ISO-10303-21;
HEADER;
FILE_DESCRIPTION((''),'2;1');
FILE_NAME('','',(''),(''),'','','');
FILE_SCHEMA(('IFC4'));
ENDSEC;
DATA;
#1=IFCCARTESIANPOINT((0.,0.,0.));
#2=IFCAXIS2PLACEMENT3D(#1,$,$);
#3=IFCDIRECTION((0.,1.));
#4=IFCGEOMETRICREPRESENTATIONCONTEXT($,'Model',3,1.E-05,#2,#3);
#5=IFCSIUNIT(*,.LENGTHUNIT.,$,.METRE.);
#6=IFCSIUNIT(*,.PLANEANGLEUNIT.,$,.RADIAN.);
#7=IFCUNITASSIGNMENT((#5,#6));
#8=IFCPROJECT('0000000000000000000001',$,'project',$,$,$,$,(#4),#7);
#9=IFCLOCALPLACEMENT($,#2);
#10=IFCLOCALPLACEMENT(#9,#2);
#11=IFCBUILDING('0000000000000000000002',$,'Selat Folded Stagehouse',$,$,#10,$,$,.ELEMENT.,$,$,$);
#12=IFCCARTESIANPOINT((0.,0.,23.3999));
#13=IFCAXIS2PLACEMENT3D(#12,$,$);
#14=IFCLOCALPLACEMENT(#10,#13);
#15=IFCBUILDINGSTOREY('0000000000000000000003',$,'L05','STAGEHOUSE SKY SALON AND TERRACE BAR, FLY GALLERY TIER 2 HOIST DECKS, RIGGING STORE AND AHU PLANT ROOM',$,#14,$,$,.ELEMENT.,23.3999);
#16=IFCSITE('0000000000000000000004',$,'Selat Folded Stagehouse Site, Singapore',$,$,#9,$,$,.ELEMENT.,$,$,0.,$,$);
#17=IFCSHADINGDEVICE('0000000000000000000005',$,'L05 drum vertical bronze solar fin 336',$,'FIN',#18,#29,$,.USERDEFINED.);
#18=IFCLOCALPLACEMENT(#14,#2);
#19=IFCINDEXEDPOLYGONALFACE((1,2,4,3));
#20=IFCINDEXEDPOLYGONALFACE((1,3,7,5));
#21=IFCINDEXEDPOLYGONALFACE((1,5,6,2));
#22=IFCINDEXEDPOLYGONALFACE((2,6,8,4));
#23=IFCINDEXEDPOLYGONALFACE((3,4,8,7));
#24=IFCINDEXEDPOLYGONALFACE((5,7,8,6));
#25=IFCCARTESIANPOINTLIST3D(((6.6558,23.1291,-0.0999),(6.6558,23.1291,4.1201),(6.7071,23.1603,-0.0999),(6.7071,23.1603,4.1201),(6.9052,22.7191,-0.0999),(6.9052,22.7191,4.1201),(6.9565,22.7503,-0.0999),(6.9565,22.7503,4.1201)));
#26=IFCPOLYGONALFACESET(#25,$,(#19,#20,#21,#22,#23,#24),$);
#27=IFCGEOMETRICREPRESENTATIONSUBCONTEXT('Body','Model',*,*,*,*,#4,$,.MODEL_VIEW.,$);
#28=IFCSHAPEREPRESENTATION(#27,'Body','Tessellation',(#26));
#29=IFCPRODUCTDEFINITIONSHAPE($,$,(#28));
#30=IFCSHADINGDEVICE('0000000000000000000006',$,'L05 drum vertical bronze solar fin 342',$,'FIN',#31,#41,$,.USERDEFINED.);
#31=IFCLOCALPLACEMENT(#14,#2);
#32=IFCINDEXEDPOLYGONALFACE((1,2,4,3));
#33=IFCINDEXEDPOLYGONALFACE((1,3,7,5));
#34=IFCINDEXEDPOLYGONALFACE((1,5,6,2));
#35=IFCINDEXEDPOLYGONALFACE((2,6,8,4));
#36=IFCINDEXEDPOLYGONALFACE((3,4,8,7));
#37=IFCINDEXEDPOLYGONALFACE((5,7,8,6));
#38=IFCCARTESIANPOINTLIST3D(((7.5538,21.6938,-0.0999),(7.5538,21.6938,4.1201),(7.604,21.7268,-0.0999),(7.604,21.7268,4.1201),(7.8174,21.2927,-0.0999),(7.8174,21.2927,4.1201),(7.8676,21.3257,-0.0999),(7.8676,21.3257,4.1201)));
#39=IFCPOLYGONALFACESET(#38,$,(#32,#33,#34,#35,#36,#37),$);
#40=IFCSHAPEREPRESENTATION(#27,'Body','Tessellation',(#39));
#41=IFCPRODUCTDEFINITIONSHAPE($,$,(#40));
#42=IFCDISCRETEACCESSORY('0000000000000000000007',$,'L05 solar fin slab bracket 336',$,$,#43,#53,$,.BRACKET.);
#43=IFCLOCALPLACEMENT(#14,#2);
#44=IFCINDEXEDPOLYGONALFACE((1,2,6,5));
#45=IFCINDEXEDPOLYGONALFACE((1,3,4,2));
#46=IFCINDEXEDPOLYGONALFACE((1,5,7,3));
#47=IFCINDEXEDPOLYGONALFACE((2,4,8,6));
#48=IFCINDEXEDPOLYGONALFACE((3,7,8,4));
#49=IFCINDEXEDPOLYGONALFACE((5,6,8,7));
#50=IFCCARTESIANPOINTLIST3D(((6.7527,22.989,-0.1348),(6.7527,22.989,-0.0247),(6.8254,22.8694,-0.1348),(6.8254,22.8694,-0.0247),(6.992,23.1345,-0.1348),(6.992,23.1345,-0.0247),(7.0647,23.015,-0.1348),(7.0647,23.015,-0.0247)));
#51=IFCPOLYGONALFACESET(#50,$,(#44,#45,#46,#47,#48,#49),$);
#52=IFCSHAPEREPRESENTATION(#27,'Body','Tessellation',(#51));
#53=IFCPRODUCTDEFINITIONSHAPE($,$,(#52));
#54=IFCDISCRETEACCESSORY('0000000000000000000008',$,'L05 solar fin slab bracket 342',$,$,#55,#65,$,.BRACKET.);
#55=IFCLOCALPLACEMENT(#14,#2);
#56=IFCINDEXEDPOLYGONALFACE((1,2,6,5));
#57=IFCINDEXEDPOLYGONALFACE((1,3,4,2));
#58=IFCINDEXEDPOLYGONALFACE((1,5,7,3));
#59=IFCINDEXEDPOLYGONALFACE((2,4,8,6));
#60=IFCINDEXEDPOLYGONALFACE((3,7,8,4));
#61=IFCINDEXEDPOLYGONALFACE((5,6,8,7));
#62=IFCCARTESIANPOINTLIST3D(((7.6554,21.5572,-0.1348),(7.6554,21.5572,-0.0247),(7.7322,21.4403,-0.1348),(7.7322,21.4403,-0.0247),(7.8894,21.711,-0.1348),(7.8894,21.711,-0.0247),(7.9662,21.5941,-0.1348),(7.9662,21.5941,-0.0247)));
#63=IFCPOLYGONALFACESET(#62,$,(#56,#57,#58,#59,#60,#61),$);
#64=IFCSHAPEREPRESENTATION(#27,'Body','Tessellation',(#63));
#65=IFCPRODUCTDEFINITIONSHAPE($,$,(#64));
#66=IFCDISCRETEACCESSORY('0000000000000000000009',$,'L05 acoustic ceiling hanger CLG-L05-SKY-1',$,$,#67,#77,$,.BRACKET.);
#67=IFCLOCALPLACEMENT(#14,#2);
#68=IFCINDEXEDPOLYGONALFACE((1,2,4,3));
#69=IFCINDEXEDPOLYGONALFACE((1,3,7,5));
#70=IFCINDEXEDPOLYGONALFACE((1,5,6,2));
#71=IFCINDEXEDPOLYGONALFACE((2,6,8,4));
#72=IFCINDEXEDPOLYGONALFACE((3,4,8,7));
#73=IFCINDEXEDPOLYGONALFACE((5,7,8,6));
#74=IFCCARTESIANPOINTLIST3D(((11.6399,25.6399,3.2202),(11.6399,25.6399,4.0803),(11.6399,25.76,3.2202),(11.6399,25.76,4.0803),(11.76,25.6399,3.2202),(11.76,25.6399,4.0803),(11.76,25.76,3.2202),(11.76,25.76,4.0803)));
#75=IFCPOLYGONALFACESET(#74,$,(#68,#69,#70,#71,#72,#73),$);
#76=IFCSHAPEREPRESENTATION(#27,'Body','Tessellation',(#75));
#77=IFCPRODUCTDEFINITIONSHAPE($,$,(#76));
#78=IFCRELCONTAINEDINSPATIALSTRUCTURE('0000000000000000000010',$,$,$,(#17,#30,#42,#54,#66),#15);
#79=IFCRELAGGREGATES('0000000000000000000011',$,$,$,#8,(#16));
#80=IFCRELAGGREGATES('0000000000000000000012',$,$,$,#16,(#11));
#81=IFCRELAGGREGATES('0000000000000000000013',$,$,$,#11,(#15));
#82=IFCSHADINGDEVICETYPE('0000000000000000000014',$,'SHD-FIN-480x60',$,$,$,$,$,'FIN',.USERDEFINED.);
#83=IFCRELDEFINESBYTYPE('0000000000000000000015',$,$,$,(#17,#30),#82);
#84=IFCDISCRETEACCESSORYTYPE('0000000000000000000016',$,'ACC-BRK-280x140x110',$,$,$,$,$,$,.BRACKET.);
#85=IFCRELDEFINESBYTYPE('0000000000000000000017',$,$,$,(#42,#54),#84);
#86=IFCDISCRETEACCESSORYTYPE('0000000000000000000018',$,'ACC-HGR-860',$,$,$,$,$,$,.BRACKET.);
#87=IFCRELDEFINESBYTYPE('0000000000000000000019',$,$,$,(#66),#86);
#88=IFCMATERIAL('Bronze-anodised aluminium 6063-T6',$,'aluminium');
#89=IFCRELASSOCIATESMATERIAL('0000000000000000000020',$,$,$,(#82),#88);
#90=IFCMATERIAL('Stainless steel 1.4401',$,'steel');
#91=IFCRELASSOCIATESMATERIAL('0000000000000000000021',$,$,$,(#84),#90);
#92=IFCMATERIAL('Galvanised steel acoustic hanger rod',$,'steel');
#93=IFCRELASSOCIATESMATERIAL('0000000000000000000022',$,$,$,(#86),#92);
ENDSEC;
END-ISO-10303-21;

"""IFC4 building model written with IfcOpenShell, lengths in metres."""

from ifc_helpers import new_model, si_unit, direction, frame, origin, origin_2d, place, context, subcontext, project, spatial, rectangle, extrude, material, material_profile, profile_set, type_object, element, save


model = new_model("IFC4")

# Units and contexts
model_context = context("Model", 3, precision=1e-05, world=origin(), true_north=direction((0.0, 1.0)))
body_context = subcontext(model_context, "Body", "Model", "MODEL_VIEW")
ifc_project = project(units=[si_unit("LENGTHUNIT", "METRE"), si_unit("PLANEANGLEUNIT", "RADIAN")], contexts=[model_context])

# Site, building, storey
site_placement = place(None, origin())
site = spatial("IfcSite", under=ifc_project, at=site_placement, Name="Selat Folded Stagehouse Site, Singapore", CompositionType="ELEMENT", RefElevation=0.0)
building_placement = place(site_placement, origin())
building = spatial("IfcBuilding", under=site, at=building_placement, Name="Selat Folded Stagehouse", CompositionType="ELEMENT")
storey_placement = place(building_placement, frame((0.0, 0.0, 23.3999)))
storey = spatial("IfcBuildingStorey", under=building, at=storey_placement, Name="L05", Description="STAGEHOUSE SKY SALON AND TERRACE BAR, FLY GALLERY TIER 2 HOIST DECKS, RIGGING STORE AND AHU PLANT ROOM", CompositionType="ELEMENT", Elevation=23.3999)

# Shading devices
ifc_material_1 = material(Name="Bronze-anodised aluminium 6063-T6", Category="aluminium")
ifc_material_profile_1 = material_profile(ifc_material_1, rectangle(XDim=0.0601, YDim=0.48, at=origin_2d()), Name="SOLAR-FIN 480x60")
ifc_profile_set_1 = profile_set([ifc_material_profile_1], Name="Bronze-anodised aluminium 6063-T6")
shading_device_type = type_object("IfcShadingDeviceType", Name="SHD-FIN-480x60", ElementType="FIN", PredefinedType="USERDEFINED", material=ifc_profile_set_1)
for number, where, z_axis, x_axis, name in (
    (1, (6.8062, 22.9397, -0.0999), (0.0, 0.0, 1.0), (-0.854368, -0.519668, 0.0), "L05 drum vertical bronze solar fin 336"),
    (2, (7.7107, 21.5098, -0.0999), (0.0, 0.0, 1.0), (-0.835616, -0.549315, 0.0), "L05 drum vertical bronze solar fin 342"),
):
    element("IfcShadingDevice", number, at=place(storey_placement, frame(where, z_axis=z_axis, x_axis=x_axis)), inside=storey, type_object=shading_device_type, Name=name, ObjectType="FIN", PredefinedType="USERDEFINED", context=body_context, shape_type="SweptSolid", body=[
        extrude(rectangle(XDim=0.0601, YDim=0.48, at=origin_2d()), origin(), (0.0, 0.0, 1.0), 4.22),
    ])

# Discrete accessories
ifc_material_2 = material(Name="Stainless steel 1.4401", Category="steel")
discrete_accessory_type_1 = type_object("IfcDiscreteAccessoryType", Name="ACC-BRK-280x140x110", PredefinedType="BRACKET", material=ifc_material_2)
for number, where, z_axis, x_axis, name in (
    (3, (6.9087, 23.002, -0.1348), (0.0, 0.0, 1.0), (-0.854368, -0.519668, 0.0), "L05 solar fin slab bracket 336"),
    (4, (7.8108, 21.5757, -0.1348), (0.0, 0.0, 1.0), (-0.835616, -0.549315, 0.0), "L05 solar fin slab bracket 342"),
):
    element("IfcDiscreteAccessory", number, at=place(storey_placement, frame(where, z_axis=z_axis, x_axis=x_axis)), inside=storey, type_object=discrete_accessory_type_1, Name=name, PredefinedType="BRACKET", context=body_context, shape_type="SweptSolid", body=[
        extrude(rectangle(XDim=0.28, YDim=0.1399, at=origin_2d()), origin(), (0.0, 0.0, 1.0), 0.1101),
    ])
ifc_material_3 = material(Name="Galvanised steel acoustic hanger rod", Category="steel")
discrete_accessory_type_2 = type_object("IfcDiscreteAccessoryType", Name="ACC-HGR-860", PredefinedType="BRACKET", material=ifc_material_3)
discrete_accessory_placement = place(storey_placement, frame((11.7, 25.7, 3.2202), z_axis=(0.0, 0.0, 1.0), x_axis=(1.0, 0.0, 0.0)))
element("IfcDiscreteAccessory", 5, at=discrete_accessory_placement, inside=storey, type_object=discrete_accessory_type_2, Name="L05 acoustic ceiling hanger CLG-L05-SKY-1", PredefinedType="BRACKET", context=body_context, shape_type="SweptSolid", body=[
    extrude(rectangle(XDim=0.1201, YDim=0.1201, at=origin_2d()), origin(), (0.0, 0.0, 1.0), 0.8601),
])

save(model, "model.ifc")
